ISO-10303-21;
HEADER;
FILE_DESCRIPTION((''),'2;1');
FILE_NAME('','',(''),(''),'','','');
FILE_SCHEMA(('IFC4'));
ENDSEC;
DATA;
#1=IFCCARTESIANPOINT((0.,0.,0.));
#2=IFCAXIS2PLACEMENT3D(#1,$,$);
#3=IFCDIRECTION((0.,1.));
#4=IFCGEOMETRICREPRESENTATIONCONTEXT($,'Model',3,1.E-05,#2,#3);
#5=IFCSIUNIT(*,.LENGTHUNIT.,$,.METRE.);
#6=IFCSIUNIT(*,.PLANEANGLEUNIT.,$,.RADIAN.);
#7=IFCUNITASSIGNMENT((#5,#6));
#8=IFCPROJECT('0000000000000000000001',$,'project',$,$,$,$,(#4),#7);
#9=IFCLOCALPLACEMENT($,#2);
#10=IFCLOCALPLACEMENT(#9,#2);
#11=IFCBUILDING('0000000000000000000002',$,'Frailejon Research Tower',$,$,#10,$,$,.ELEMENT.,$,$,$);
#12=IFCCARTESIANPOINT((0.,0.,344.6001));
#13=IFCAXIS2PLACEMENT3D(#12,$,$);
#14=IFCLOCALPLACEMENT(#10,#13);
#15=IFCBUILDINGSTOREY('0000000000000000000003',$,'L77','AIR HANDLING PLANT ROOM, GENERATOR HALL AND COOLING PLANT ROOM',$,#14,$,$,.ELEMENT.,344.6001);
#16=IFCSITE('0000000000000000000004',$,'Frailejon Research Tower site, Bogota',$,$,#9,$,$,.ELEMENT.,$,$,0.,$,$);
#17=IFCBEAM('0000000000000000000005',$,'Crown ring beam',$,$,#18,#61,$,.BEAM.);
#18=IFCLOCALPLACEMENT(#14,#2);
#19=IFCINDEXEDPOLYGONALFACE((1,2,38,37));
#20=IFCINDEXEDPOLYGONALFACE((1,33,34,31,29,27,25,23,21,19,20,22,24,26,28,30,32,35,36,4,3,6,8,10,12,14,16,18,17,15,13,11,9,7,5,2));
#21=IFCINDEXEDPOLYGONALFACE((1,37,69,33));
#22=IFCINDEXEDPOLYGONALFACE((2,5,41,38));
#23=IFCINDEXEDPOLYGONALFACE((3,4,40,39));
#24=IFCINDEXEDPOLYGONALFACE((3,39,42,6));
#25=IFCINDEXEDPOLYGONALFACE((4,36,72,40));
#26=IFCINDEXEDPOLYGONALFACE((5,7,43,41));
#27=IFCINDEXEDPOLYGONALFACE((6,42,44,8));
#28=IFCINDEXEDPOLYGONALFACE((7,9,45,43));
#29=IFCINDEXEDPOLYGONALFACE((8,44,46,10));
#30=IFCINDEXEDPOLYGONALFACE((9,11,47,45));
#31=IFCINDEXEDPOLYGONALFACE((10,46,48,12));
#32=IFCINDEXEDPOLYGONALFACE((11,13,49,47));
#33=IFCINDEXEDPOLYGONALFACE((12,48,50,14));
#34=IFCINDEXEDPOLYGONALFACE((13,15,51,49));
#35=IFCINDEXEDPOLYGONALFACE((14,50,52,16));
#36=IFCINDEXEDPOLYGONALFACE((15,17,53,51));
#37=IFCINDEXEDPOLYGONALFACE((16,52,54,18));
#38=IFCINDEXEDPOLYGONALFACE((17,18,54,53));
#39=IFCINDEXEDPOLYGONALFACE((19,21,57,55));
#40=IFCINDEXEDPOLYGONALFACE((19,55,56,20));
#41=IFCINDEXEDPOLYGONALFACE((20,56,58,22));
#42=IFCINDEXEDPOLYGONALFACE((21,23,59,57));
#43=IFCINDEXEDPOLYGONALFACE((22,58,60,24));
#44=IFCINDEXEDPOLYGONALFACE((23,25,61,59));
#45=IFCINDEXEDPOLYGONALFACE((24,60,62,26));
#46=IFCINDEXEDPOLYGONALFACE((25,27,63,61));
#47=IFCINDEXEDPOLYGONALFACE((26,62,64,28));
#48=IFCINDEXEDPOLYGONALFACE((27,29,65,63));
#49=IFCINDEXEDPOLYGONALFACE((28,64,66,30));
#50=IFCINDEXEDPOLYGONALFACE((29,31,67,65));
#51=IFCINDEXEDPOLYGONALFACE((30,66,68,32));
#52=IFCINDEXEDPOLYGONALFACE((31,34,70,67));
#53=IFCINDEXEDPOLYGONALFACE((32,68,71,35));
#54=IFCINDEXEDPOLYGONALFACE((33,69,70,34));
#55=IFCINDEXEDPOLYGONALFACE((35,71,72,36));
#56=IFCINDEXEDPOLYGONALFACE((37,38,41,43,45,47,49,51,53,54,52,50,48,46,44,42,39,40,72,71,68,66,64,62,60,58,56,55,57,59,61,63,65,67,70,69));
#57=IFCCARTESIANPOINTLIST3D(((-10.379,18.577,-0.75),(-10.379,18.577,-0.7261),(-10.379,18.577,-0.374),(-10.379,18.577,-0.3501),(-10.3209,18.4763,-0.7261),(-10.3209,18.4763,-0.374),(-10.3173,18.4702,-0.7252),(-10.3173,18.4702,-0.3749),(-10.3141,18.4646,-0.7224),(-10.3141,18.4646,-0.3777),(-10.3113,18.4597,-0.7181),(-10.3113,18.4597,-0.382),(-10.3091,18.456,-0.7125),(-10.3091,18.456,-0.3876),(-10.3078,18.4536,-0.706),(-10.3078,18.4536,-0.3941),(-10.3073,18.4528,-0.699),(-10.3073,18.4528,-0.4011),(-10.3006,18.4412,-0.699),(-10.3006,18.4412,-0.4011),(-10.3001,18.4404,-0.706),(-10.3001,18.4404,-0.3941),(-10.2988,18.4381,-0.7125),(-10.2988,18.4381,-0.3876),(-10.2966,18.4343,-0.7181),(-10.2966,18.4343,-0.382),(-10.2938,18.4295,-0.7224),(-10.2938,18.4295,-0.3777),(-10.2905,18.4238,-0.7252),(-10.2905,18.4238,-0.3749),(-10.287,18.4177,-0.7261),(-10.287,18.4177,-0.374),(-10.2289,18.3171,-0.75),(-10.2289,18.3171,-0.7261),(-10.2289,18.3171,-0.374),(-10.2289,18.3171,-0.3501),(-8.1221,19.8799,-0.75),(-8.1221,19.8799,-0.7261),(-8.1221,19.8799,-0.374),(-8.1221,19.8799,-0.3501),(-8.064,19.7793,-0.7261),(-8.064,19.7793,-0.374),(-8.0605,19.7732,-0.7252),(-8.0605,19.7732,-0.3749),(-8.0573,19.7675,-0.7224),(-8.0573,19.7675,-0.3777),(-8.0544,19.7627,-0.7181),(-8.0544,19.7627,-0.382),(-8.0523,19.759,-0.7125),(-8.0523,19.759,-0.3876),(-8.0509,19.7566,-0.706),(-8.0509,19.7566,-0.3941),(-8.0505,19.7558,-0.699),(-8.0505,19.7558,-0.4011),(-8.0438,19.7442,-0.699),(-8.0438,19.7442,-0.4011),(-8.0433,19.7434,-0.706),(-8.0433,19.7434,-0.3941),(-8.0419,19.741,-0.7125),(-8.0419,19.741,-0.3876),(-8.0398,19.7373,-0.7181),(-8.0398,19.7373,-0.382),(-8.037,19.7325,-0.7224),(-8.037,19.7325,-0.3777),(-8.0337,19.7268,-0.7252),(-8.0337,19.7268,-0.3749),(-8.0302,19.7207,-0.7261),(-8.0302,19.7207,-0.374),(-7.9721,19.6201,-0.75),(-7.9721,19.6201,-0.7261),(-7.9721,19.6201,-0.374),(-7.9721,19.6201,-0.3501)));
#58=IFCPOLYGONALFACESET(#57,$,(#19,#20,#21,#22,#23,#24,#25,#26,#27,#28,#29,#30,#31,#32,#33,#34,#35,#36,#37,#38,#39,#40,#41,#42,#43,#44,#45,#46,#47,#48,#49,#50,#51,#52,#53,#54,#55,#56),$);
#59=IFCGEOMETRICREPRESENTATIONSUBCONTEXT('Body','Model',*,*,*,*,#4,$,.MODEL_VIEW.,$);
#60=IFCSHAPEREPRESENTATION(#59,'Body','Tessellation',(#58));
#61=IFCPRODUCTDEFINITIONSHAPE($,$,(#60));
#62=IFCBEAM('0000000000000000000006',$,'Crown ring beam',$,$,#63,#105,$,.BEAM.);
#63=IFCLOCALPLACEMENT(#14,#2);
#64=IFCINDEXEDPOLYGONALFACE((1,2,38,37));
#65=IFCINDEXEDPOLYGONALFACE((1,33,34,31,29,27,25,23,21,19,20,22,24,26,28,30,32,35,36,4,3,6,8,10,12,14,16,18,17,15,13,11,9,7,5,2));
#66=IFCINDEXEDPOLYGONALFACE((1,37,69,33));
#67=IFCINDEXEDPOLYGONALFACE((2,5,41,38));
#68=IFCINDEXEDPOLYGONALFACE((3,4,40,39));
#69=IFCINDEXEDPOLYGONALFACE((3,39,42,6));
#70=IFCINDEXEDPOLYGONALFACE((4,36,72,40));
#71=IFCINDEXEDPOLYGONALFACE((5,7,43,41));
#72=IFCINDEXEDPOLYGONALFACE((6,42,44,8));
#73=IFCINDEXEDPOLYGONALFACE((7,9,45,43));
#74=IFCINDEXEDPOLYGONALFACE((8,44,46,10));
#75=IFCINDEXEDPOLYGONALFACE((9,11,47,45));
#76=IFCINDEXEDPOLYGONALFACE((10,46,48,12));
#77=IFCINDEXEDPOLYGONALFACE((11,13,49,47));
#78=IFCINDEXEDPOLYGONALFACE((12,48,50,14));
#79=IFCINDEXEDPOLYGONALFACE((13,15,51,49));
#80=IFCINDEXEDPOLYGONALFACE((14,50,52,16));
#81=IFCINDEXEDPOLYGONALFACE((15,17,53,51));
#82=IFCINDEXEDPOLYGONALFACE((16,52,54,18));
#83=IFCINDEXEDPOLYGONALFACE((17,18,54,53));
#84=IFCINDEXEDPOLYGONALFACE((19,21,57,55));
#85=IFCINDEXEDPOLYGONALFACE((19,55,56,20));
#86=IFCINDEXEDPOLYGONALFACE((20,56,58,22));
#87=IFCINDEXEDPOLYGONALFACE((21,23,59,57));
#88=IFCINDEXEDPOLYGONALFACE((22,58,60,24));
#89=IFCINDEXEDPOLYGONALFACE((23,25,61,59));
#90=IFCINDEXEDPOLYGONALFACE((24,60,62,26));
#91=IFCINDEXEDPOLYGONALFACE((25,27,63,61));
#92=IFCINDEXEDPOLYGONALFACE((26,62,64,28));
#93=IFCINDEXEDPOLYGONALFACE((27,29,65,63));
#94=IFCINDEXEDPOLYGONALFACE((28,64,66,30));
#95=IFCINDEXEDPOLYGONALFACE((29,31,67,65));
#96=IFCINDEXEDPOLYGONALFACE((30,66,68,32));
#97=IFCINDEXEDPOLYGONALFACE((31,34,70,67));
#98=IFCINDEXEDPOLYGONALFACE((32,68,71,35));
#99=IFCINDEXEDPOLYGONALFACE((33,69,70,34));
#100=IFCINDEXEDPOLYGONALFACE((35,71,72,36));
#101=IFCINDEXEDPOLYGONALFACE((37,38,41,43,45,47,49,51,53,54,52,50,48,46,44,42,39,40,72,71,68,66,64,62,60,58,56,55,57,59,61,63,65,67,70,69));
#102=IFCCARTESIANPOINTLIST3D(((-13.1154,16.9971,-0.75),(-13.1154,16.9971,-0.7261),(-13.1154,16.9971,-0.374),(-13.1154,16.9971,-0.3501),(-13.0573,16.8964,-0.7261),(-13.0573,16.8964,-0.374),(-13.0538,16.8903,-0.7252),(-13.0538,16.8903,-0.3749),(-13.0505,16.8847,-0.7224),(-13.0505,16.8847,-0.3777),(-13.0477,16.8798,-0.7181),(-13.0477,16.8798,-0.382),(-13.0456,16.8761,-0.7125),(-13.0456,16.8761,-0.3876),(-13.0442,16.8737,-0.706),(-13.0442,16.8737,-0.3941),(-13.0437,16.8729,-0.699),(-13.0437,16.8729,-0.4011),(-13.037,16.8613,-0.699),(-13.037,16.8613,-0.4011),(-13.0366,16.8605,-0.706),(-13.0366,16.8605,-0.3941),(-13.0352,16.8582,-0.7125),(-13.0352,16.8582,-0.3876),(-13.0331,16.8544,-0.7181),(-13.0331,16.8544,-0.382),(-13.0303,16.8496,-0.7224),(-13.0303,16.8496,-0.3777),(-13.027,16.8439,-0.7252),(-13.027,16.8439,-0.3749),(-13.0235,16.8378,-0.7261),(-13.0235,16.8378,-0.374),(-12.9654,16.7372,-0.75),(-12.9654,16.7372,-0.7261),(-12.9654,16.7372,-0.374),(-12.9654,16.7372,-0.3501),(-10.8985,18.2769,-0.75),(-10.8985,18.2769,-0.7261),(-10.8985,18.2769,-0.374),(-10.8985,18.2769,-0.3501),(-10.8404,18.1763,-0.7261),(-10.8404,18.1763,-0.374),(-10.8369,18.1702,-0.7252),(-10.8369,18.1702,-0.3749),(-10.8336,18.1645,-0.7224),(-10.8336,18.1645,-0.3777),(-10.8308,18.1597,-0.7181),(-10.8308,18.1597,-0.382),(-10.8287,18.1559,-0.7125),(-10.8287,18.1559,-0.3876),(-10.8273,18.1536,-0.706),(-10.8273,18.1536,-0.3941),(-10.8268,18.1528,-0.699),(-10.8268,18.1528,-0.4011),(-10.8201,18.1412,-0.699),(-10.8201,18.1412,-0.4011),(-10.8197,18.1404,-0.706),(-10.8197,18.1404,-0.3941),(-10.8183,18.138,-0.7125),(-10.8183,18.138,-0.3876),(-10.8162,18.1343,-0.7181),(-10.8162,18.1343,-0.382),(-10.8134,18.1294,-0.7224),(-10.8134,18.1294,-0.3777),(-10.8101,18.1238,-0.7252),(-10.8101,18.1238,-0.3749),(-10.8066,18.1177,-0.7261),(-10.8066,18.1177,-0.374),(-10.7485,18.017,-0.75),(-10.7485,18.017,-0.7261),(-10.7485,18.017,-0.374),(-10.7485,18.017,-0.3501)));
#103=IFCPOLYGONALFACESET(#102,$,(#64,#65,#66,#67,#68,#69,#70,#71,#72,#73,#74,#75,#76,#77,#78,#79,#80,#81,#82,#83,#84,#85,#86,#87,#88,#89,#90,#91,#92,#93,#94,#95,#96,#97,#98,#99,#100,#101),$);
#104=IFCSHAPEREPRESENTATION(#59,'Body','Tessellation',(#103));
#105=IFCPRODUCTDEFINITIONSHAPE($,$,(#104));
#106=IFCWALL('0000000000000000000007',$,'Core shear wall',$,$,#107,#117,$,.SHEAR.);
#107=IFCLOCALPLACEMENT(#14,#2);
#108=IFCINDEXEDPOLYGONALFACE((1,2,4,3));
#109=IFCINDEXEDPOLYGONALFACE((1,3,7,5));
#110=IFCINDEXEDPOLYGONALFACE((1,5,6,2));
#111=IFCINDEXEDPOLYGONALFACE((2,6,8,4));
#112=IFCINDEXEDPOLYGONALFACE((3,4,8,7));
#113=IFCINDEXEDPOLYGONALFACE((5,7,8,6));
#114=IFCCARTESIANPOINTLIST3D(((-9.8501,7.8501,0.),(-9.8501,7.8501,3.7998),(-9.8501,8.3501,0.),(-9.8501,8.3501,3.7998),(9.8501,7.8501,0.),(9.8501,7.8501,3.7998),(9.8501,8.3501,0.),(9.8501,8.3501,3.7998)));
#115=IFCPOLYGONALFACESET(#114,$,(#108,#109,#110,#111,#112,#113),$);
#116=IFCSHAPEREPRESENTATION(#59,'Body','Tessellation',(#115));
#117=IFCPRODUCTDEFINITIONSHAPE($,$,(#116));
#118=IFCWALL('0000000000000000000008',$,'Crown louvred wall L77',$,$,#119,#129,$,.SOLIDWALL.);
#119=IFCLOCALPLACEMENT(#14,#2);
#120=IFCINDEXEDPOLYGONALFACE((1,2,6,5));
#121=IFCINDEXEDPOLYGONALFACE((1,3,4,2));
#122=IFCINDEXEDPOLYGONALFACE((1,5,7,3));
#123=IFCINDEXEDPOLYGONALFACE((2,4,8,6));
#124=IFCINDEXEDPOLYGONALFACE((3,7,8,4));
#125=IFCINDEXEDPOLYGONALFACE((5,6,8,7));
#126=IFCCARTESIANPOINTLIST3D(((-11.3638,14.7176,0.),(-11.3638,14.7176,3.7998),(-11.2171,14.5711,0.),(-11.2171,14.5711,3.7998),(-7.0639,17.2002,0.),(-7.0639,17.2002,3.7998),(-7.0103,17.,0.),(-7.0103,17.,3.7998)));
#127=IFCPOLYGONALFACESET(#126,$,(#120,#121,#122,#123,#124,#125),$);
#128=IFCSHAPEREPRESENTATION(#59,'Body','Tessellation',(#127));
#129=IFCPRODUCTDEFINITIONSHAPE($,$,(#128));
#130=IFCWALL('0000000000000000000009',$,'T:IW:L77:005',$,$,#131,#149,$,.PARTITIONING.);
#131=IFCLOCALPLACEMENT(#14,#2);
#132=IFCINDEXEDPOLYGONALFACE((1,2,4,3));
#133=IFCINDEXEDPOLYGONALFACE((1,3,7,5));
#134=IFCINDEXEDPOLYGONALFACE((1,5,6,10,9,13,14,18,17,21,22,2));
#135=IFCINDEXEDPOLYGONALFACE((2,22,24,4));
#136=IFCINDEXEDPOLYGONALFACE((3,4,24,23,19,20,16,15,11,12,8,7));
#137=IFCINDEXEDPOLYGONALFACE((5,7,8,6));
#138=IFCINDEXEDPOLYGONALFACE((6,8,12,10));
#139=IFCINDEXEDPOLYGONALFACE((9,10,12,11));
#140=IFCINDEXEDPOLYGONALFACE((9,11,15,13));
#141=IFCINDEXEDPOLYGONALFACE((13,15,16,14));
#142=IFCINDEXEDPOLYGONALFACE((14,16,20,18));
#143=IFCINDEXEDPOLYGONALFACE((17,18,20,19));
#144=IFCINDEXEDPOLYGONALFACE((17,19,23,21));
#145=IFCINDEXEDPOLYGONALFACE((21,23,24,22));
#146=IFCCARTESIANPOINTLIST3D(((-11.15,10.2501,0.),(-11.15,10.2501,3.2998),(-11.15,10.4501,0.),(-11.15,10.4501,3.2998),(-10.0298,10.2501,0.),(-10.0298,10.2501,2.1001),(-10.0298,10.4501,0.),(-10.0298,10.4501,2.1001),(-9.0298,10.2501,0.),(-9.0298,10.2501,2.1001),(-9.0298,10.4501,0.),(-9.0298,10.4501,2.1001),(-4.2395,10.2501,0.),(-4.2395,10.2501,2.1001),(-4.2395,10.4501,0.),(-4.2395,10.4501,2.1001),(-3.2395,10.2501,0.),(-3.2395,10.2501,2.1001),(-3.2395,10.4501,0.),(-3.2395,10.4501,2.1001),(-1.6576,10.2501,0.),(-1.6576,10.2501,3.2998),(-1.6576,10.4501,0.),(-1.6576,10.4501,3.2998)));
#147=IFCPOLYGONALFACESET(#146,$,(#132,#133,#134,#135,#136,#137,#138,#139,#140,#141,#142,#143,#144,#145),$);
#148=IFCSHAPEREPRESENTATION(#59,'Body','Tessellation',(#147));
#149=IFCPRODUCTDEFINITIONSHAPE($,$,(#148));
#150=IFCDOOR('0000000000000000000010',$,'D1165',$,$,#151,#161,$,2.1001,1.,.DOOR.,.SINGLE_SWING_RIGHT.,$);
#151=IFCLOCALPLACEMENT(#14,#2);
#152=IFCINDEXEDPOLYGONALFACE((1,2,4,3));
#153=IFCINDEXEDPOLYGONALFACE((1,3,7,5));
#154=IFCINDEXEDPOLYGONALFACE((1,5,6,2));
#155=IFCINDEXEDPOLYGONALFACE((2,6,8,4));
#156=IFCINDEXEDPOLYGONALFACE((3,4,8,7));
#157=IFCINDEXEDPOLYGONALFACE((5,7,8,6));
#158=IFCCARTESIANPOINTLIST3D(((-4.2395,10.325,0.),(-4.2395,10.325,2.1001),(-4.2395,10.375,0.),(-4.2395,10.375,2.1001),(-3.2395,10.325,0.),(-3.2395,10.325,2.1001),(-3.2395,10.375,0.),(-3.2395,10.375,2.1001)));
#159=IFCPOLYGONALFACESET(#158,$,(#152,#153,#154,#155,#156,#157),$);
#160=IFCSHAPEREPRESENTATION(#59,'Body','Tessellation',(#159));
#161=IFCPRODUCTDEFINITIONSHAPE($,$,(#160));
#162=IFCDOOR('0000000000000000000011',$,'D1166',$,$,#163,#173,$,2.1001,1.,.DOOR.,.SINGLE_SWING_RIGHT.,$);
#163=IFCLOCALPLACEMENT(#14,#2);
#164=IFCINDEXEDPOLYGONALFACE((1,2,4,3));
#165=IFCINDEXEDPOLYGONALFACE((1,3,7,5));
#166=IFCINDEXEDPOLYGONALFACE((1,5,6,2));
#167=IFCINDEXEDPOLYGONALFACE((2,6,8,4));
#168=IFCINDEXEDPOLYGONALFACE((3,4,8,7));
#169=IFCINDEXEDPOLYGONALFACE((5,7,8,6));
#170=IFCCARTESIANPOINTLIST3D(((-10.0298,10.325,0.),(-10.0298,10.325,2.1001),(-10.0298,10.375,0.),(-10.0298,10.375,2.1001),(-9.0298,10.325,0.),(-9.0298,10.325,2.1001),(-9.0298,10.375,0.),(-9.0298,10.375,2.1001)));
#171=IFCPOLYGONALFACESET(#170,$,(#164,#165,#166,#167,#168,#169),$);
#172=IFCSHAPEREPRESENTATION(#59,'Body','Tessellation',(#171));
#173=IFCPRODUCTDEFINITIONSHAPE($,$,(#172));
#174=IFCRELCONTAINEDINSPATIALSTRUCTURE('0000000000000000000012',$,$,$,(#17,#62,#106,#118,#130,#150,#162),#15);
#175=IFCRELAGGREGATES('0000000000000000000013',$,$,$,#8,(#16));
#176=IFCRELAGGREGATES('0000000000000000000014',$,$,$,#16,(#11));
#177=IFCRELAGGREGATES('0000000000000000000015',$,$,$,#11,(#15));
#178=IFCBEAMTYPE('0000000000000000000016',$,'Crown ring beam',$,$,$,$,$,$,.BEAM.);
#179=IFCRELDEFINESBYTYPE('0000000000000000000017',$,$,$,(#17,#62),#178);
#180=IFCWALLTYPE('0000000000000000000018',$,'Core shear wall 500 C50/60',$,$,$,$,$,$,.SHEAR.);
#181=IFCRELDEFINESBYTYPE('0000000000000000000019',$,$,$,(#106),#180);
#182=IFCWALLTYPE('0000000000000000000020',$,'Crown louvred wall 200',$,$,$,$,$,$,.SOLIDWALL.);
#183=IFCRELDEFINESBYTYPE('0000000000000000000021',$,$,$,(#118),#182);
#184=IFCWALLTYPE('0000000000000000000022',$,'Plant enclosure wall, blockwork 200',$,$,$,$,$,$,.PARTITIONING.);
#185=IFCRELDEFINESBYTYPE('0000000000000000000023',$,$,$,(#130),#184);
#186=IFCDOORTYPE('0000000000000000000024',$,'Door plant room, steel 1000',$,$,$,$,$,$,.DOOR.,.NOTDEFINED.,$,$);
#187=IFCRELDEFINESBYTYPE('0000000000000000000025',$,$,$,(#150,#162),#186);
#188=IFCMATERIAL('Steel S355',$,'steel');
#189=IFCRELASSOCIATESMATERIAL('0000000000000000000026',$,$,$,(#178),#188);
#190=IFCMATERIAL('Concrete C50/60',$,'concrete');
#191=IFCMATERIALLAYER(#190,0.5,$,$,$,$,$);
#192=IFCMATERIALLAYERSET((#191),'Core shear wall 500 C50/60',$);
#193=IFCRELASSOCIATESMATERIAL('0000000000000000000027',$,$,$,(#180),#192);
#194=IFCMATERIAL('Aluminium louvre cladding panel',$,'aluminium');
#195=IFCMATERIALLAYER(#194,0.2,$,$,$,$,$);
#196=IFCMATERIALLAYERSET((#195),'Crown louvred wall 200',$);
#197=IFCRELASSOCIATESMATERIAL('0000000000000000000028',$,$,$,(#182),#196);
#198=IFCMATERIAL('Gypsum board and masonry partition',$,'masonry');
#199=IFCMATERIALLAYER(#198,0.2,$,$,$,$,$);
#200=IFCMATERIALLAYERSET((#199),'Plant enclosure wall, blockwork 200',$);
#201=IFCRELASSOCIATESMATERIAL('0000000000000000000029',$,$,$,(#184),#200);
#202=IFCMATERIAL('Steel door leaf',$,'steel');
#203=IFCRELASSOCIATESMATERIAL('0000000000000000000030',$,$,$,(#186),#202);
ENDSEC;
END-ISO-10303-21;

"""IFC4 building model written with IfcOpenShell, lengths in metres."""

from ifc_helpers import new_model, si_unit, direction, frame, frame_2d, origin, origin_2d, place, context, subcontext, project, spatial, polyline, rectangle, i_section, outline, extrude, material, layer, layer_set, material_profile, profile_set, type_object, element, fill, save


model = new_model("IFC4")

# Units and contexts
model_context = context("Model", 3, precision=1e-05, world=origin(), true_north=direction((0.0, 1.0)))
body_context = subcontext(model_context, "Body", "Model", "MODEL_VIEW")
ifc_project = project(units=[si_unit("LENGTHUNIT", "METRE"), si_unit("PLANEANGLEUNIT", "RADIAN")], contexts=[model_context])

# Site, building, storey
site_placement = place(None, origin())
site = spatial("IfcSite", under=ifc_project, at=site_placement, Name="Frailejon Research Tower site, Bogota", CompositionType="ELEMENT", RefElevation=0.0)
building_placement = place(site_placement, origin())
building = spatial("IfcBuilding", under=site, at=building_placement, Name="Frailejon Research Tower", CompositionType="ELEMENT")
storey_placement = place(building_placement, frame((0.0, 0.0, 344.6001)))
storey = spatial("IfcBuildingStorey", under=building, at=storey_placement, Name="L77", Description="AIR HANDLING PLANT ROOM, GENERATOR HALL AND COOLING PLANT ROOM", CompositionType="ELEMENT", Elevation=344.6001)

# Beams
ifc_material_1 = material(Name="Steel S355", Category="steel")
ifc_material_profile_1 = material_profile(ifc_material_1, i_section(OverallWidth=0.3, OverallDepth=0.3999, WebThickness=0.0134, FlangeThickness=0.0239, FilletRadius=0.0271, at=origin_2d()), Name="HE 400 B")
ifc_profile_set_1 = profile_set([ifc_material_profile_1], Name="Steel S355")
beam_type_1 = type_object("IfcBeamType", Name="Crown ring beam", PredefinedType="BEAM", material=ifc_profile_set_1)
beam_1_placement = place(storey_placement, frame((-8.0471, 19.75, -0.55), z_axis=(-0.866026, -0.499998, 0.0), x_axis=(0.499998, -0.866026, 0.0)))
element("IfcBeam", 1, at=beam_1_placement, inside=storey, type_object=beam_type_1, Name="Crown ring beam", PredefinedType="BEAM", context=body_context, shape_type="SweptSolid", body=[
    extrude(i_section(OverallWidth=0.3, OverallDepth=0.3999, WebThickness=0.0134, FlangeThickness=0.0239, FilletRadius=0.0271, at=origin_2d()), origin(), (0.0, 0.0, 1.0), 2.606),
])
beam_2_placement = place(storey_placement, frame((-10.8235, 18.147, -0.55), z_axis=(-0.866039, -0.499976, 0.0), x_axis=(0.499976, -0.866039, 0.0)))
element("IfcBeam", 2, at=beam_2_placement, inside=storey, type_object=beam_type_1, Name="Crown ring beam", PredefinedType="BEAM", context=body_context, shape_type="SweptSolid", body=[
    extrude(i_section(OverallWidth=0.3, OverallDepth=0.3999, WebThickness=0.0134, FlangeThickness=0.0239, FilletRadius=0.0271, at=origin_2d()), origin(), (0.0, 0.0, 1.0), 2.5598),
])

# Walls
ifc_material_2 = material(Name="Concrete C50/60", Category="concrete")
ifc_layer_1 = layer(ifc_material_2, 0.5)
ifc_layer_set_1 = layer_set([ifc_layer_1], Name="Core shear wall 500 C50/60")
wall_type_1 = type_object("IfcWallType", Name="Core shear wall 500 C50/60", PredefinedType="SHEAR", material=ifc_layer_set_1)
wall_1_placement = place(storey_placement, frame((-9.8501, 8.1001, 0.0), z_axis=(0.0, 0.0, 1.0), x_axis=(1.0, 0.0, 0.0)))
element("IfcWall", 3, at=wall_1_placement, inside=storey, type_object=wall_type_1, Name="Core shear wall", PredefinedType="SHEAR", context=body_context, shape_type="SweptSolid", body=[
    extrude(rectangle(XDim=19.7002, YDim=0.5, at=frame_2d((9.8501, 0.0))), origin(), (0.0, 0.0, 1.0), 3.7998),
])
ifc_material_3 = material(Name="Aluminium louvre cladding panel", Category="aluminium")
ifc_layer_2 = layer(ifc_material_3, 0.2)
ifc_layer_set_2 = layer_set([ifc_layer_2], Name="Crown louvred wall 200")
wall_type_2 = type_object("IfcWallType", Name="Crown louvred wall 200", PredefinedType="SOLIDWALL", material=ifc_layer_set_2)
wall_2_placement = place(storey_placement, frame((-7.0371, 17.1001, 0.0), z_axis=(0.0, 0.0, 1.0), x_axis=(-0.866017, -0.500015, 0.0)))
element("IfcWall", 4, at=wall_2_placement, inside=storey, type_object=wall_type_2, Name="Crown louvred wall L77", PredefinedType="SOLIDWALL", context=body_context, shape_type="SweptSolid", body=[
    extrude(outline(polyline([(-0.0269, -0.1001), (4.9382, -0.1001), (4.8845, 0.1001), (0.0269, 0.1001), (-0.0269, -0.1001)])), origin(), (0.0, 0.0, 1.0), 3.7998),
])

# Wall, openings, doors
ifc_material_4 = material(Name="Gypsum board and masonry partition", Category="masonry")
ifc_layer_3 = layer(ifc_material_4, 0.2)
ifc_layer_set_3 = layer_set([ifc_layer_3], Name="Plant enclosure wall, blockwork 200")
wall_type_3 = type_object("IfcWallType", Name="Plant enclosure wall, blockwork 200", PredefinedType="PARTITIONING", material=ifc_layer_set_3)
wall_3_placement = place(storey_placement, frame((-11.1499, 10.3501, 0.0), z_axis=(0.0, 0.0, 1.0), x_axis=(1.0, 0.0, 0.0)))
wall_3 = element("IfcWall", 5, at=wall_3_placement, inside=storey, type_object=wall_type_3, Name="T:IW:L77:005", PredefinedType="PARTITIONING", context=body_context, shape_type="SweptSolid", body=[
    extrude(rectangle(XDim=9.4924, YDim=0.2, at=frame_2d((4.7461, 0.0))), origin(), (0.0, 0.0, 1.0), 3.2998),
])
opening_1_placement = place(wall_3_placement, frame((6.9104, 0.0, 0.0)))
opening_1 = element("IfcOpeningElement", 6, at=opening_1_placement, cuts=wall_3, PredefinedType="OPENING", context=body_context, shape_type="SweptSolid", body=[
    extrude(rectangle(XDim=1.0, YDim=2.1001, at=frame_2d((0.5, 1.05))), frame((0.0, 0.1099, 0.0), z_axis=(0.0, -1.0, 0.0), x_axis=(1.0, 0.0, 0.0)), (0.0, 0.0, 1.0), 0.22),
])
opening_2_placement = place(wall_3_placement, frame((1.1201, 0.0, 0.0)))
opening_2 = element("IfcOpeningElement", 7, at=opening_2_placement, cuts=wall_3, PredefinedType="OPENING", context=body_context, shape_type="SweptSolid", body=[
    extrude(rectangle(XDim=1.0, YDim=2.1001, at=frame_2d((0.5, 1.05))), frame((0.0, 0.1099, 0.0), z_axis=(0.0, -1.0, 0.0), x_axis=(1.0, 0.0, 0.0)), (0.0, 0.0, 1.0), 0.22),
])
ifc_material_5 = material(Name="Steel door leaf", Category="steel")
door_type = type_object("IfcDoorType", Name="Door plant room, steel 1000", OperationType="NOTDEFINED", PredefinedType="DOOR", material=ifc_material_5)
door_1_placement = place(opening_1_placement, origin())
door_1 = element("IfcDoor", 8, at=door_1_placement, inside=storey, type_object=door_type, Name="D1165", OperationType="SINGLE_SWING_RIGHT", OverallHeight=2.1001, OverallWidth=1.0, PredefinedType="DOOR", context=body_context, shape_type="SweptSolid", body=[
    extrude(rectangle(XDim=1.0, YDim=2.1001, at=frame_2d((0.5, 1.05))), frame((0.0, 0.0249, 0.0), z_axis=(0.0, -1.0, 0.0), x_axis=(1.0, 0.0, 0.0)), (0.0, 0.0, 1.0), 0.05),
])
fill(opening_1, door_1)
door_2_placement = place(opening_2_placement, origin())
door_2 = element("IfcDoor", 9, at=door_2_placement, inside=storey, type_object=door_type, Name="D1166", OperationType="SINGLE_SWING_RIGHT", OverallHeight=2.1001, OverallWidth=1.0, PredefinedType="DOOR", context=body_context, shape_type="SweptSolid", body=[
    extrude(rectangle(XDim=1.0, YDim=2.1001, at=frame_2d((0.5, 1.05))), frame((0.0, 0.0249, 0.0), z_axis=(0.0, -1.0, 0.0), x_axis=(1.0, 0.0, 0.0)), (0.0, 0.0, 1.0), 0.05),
])
fill(opening_2, door_2)

save(model, "model.ifc")
